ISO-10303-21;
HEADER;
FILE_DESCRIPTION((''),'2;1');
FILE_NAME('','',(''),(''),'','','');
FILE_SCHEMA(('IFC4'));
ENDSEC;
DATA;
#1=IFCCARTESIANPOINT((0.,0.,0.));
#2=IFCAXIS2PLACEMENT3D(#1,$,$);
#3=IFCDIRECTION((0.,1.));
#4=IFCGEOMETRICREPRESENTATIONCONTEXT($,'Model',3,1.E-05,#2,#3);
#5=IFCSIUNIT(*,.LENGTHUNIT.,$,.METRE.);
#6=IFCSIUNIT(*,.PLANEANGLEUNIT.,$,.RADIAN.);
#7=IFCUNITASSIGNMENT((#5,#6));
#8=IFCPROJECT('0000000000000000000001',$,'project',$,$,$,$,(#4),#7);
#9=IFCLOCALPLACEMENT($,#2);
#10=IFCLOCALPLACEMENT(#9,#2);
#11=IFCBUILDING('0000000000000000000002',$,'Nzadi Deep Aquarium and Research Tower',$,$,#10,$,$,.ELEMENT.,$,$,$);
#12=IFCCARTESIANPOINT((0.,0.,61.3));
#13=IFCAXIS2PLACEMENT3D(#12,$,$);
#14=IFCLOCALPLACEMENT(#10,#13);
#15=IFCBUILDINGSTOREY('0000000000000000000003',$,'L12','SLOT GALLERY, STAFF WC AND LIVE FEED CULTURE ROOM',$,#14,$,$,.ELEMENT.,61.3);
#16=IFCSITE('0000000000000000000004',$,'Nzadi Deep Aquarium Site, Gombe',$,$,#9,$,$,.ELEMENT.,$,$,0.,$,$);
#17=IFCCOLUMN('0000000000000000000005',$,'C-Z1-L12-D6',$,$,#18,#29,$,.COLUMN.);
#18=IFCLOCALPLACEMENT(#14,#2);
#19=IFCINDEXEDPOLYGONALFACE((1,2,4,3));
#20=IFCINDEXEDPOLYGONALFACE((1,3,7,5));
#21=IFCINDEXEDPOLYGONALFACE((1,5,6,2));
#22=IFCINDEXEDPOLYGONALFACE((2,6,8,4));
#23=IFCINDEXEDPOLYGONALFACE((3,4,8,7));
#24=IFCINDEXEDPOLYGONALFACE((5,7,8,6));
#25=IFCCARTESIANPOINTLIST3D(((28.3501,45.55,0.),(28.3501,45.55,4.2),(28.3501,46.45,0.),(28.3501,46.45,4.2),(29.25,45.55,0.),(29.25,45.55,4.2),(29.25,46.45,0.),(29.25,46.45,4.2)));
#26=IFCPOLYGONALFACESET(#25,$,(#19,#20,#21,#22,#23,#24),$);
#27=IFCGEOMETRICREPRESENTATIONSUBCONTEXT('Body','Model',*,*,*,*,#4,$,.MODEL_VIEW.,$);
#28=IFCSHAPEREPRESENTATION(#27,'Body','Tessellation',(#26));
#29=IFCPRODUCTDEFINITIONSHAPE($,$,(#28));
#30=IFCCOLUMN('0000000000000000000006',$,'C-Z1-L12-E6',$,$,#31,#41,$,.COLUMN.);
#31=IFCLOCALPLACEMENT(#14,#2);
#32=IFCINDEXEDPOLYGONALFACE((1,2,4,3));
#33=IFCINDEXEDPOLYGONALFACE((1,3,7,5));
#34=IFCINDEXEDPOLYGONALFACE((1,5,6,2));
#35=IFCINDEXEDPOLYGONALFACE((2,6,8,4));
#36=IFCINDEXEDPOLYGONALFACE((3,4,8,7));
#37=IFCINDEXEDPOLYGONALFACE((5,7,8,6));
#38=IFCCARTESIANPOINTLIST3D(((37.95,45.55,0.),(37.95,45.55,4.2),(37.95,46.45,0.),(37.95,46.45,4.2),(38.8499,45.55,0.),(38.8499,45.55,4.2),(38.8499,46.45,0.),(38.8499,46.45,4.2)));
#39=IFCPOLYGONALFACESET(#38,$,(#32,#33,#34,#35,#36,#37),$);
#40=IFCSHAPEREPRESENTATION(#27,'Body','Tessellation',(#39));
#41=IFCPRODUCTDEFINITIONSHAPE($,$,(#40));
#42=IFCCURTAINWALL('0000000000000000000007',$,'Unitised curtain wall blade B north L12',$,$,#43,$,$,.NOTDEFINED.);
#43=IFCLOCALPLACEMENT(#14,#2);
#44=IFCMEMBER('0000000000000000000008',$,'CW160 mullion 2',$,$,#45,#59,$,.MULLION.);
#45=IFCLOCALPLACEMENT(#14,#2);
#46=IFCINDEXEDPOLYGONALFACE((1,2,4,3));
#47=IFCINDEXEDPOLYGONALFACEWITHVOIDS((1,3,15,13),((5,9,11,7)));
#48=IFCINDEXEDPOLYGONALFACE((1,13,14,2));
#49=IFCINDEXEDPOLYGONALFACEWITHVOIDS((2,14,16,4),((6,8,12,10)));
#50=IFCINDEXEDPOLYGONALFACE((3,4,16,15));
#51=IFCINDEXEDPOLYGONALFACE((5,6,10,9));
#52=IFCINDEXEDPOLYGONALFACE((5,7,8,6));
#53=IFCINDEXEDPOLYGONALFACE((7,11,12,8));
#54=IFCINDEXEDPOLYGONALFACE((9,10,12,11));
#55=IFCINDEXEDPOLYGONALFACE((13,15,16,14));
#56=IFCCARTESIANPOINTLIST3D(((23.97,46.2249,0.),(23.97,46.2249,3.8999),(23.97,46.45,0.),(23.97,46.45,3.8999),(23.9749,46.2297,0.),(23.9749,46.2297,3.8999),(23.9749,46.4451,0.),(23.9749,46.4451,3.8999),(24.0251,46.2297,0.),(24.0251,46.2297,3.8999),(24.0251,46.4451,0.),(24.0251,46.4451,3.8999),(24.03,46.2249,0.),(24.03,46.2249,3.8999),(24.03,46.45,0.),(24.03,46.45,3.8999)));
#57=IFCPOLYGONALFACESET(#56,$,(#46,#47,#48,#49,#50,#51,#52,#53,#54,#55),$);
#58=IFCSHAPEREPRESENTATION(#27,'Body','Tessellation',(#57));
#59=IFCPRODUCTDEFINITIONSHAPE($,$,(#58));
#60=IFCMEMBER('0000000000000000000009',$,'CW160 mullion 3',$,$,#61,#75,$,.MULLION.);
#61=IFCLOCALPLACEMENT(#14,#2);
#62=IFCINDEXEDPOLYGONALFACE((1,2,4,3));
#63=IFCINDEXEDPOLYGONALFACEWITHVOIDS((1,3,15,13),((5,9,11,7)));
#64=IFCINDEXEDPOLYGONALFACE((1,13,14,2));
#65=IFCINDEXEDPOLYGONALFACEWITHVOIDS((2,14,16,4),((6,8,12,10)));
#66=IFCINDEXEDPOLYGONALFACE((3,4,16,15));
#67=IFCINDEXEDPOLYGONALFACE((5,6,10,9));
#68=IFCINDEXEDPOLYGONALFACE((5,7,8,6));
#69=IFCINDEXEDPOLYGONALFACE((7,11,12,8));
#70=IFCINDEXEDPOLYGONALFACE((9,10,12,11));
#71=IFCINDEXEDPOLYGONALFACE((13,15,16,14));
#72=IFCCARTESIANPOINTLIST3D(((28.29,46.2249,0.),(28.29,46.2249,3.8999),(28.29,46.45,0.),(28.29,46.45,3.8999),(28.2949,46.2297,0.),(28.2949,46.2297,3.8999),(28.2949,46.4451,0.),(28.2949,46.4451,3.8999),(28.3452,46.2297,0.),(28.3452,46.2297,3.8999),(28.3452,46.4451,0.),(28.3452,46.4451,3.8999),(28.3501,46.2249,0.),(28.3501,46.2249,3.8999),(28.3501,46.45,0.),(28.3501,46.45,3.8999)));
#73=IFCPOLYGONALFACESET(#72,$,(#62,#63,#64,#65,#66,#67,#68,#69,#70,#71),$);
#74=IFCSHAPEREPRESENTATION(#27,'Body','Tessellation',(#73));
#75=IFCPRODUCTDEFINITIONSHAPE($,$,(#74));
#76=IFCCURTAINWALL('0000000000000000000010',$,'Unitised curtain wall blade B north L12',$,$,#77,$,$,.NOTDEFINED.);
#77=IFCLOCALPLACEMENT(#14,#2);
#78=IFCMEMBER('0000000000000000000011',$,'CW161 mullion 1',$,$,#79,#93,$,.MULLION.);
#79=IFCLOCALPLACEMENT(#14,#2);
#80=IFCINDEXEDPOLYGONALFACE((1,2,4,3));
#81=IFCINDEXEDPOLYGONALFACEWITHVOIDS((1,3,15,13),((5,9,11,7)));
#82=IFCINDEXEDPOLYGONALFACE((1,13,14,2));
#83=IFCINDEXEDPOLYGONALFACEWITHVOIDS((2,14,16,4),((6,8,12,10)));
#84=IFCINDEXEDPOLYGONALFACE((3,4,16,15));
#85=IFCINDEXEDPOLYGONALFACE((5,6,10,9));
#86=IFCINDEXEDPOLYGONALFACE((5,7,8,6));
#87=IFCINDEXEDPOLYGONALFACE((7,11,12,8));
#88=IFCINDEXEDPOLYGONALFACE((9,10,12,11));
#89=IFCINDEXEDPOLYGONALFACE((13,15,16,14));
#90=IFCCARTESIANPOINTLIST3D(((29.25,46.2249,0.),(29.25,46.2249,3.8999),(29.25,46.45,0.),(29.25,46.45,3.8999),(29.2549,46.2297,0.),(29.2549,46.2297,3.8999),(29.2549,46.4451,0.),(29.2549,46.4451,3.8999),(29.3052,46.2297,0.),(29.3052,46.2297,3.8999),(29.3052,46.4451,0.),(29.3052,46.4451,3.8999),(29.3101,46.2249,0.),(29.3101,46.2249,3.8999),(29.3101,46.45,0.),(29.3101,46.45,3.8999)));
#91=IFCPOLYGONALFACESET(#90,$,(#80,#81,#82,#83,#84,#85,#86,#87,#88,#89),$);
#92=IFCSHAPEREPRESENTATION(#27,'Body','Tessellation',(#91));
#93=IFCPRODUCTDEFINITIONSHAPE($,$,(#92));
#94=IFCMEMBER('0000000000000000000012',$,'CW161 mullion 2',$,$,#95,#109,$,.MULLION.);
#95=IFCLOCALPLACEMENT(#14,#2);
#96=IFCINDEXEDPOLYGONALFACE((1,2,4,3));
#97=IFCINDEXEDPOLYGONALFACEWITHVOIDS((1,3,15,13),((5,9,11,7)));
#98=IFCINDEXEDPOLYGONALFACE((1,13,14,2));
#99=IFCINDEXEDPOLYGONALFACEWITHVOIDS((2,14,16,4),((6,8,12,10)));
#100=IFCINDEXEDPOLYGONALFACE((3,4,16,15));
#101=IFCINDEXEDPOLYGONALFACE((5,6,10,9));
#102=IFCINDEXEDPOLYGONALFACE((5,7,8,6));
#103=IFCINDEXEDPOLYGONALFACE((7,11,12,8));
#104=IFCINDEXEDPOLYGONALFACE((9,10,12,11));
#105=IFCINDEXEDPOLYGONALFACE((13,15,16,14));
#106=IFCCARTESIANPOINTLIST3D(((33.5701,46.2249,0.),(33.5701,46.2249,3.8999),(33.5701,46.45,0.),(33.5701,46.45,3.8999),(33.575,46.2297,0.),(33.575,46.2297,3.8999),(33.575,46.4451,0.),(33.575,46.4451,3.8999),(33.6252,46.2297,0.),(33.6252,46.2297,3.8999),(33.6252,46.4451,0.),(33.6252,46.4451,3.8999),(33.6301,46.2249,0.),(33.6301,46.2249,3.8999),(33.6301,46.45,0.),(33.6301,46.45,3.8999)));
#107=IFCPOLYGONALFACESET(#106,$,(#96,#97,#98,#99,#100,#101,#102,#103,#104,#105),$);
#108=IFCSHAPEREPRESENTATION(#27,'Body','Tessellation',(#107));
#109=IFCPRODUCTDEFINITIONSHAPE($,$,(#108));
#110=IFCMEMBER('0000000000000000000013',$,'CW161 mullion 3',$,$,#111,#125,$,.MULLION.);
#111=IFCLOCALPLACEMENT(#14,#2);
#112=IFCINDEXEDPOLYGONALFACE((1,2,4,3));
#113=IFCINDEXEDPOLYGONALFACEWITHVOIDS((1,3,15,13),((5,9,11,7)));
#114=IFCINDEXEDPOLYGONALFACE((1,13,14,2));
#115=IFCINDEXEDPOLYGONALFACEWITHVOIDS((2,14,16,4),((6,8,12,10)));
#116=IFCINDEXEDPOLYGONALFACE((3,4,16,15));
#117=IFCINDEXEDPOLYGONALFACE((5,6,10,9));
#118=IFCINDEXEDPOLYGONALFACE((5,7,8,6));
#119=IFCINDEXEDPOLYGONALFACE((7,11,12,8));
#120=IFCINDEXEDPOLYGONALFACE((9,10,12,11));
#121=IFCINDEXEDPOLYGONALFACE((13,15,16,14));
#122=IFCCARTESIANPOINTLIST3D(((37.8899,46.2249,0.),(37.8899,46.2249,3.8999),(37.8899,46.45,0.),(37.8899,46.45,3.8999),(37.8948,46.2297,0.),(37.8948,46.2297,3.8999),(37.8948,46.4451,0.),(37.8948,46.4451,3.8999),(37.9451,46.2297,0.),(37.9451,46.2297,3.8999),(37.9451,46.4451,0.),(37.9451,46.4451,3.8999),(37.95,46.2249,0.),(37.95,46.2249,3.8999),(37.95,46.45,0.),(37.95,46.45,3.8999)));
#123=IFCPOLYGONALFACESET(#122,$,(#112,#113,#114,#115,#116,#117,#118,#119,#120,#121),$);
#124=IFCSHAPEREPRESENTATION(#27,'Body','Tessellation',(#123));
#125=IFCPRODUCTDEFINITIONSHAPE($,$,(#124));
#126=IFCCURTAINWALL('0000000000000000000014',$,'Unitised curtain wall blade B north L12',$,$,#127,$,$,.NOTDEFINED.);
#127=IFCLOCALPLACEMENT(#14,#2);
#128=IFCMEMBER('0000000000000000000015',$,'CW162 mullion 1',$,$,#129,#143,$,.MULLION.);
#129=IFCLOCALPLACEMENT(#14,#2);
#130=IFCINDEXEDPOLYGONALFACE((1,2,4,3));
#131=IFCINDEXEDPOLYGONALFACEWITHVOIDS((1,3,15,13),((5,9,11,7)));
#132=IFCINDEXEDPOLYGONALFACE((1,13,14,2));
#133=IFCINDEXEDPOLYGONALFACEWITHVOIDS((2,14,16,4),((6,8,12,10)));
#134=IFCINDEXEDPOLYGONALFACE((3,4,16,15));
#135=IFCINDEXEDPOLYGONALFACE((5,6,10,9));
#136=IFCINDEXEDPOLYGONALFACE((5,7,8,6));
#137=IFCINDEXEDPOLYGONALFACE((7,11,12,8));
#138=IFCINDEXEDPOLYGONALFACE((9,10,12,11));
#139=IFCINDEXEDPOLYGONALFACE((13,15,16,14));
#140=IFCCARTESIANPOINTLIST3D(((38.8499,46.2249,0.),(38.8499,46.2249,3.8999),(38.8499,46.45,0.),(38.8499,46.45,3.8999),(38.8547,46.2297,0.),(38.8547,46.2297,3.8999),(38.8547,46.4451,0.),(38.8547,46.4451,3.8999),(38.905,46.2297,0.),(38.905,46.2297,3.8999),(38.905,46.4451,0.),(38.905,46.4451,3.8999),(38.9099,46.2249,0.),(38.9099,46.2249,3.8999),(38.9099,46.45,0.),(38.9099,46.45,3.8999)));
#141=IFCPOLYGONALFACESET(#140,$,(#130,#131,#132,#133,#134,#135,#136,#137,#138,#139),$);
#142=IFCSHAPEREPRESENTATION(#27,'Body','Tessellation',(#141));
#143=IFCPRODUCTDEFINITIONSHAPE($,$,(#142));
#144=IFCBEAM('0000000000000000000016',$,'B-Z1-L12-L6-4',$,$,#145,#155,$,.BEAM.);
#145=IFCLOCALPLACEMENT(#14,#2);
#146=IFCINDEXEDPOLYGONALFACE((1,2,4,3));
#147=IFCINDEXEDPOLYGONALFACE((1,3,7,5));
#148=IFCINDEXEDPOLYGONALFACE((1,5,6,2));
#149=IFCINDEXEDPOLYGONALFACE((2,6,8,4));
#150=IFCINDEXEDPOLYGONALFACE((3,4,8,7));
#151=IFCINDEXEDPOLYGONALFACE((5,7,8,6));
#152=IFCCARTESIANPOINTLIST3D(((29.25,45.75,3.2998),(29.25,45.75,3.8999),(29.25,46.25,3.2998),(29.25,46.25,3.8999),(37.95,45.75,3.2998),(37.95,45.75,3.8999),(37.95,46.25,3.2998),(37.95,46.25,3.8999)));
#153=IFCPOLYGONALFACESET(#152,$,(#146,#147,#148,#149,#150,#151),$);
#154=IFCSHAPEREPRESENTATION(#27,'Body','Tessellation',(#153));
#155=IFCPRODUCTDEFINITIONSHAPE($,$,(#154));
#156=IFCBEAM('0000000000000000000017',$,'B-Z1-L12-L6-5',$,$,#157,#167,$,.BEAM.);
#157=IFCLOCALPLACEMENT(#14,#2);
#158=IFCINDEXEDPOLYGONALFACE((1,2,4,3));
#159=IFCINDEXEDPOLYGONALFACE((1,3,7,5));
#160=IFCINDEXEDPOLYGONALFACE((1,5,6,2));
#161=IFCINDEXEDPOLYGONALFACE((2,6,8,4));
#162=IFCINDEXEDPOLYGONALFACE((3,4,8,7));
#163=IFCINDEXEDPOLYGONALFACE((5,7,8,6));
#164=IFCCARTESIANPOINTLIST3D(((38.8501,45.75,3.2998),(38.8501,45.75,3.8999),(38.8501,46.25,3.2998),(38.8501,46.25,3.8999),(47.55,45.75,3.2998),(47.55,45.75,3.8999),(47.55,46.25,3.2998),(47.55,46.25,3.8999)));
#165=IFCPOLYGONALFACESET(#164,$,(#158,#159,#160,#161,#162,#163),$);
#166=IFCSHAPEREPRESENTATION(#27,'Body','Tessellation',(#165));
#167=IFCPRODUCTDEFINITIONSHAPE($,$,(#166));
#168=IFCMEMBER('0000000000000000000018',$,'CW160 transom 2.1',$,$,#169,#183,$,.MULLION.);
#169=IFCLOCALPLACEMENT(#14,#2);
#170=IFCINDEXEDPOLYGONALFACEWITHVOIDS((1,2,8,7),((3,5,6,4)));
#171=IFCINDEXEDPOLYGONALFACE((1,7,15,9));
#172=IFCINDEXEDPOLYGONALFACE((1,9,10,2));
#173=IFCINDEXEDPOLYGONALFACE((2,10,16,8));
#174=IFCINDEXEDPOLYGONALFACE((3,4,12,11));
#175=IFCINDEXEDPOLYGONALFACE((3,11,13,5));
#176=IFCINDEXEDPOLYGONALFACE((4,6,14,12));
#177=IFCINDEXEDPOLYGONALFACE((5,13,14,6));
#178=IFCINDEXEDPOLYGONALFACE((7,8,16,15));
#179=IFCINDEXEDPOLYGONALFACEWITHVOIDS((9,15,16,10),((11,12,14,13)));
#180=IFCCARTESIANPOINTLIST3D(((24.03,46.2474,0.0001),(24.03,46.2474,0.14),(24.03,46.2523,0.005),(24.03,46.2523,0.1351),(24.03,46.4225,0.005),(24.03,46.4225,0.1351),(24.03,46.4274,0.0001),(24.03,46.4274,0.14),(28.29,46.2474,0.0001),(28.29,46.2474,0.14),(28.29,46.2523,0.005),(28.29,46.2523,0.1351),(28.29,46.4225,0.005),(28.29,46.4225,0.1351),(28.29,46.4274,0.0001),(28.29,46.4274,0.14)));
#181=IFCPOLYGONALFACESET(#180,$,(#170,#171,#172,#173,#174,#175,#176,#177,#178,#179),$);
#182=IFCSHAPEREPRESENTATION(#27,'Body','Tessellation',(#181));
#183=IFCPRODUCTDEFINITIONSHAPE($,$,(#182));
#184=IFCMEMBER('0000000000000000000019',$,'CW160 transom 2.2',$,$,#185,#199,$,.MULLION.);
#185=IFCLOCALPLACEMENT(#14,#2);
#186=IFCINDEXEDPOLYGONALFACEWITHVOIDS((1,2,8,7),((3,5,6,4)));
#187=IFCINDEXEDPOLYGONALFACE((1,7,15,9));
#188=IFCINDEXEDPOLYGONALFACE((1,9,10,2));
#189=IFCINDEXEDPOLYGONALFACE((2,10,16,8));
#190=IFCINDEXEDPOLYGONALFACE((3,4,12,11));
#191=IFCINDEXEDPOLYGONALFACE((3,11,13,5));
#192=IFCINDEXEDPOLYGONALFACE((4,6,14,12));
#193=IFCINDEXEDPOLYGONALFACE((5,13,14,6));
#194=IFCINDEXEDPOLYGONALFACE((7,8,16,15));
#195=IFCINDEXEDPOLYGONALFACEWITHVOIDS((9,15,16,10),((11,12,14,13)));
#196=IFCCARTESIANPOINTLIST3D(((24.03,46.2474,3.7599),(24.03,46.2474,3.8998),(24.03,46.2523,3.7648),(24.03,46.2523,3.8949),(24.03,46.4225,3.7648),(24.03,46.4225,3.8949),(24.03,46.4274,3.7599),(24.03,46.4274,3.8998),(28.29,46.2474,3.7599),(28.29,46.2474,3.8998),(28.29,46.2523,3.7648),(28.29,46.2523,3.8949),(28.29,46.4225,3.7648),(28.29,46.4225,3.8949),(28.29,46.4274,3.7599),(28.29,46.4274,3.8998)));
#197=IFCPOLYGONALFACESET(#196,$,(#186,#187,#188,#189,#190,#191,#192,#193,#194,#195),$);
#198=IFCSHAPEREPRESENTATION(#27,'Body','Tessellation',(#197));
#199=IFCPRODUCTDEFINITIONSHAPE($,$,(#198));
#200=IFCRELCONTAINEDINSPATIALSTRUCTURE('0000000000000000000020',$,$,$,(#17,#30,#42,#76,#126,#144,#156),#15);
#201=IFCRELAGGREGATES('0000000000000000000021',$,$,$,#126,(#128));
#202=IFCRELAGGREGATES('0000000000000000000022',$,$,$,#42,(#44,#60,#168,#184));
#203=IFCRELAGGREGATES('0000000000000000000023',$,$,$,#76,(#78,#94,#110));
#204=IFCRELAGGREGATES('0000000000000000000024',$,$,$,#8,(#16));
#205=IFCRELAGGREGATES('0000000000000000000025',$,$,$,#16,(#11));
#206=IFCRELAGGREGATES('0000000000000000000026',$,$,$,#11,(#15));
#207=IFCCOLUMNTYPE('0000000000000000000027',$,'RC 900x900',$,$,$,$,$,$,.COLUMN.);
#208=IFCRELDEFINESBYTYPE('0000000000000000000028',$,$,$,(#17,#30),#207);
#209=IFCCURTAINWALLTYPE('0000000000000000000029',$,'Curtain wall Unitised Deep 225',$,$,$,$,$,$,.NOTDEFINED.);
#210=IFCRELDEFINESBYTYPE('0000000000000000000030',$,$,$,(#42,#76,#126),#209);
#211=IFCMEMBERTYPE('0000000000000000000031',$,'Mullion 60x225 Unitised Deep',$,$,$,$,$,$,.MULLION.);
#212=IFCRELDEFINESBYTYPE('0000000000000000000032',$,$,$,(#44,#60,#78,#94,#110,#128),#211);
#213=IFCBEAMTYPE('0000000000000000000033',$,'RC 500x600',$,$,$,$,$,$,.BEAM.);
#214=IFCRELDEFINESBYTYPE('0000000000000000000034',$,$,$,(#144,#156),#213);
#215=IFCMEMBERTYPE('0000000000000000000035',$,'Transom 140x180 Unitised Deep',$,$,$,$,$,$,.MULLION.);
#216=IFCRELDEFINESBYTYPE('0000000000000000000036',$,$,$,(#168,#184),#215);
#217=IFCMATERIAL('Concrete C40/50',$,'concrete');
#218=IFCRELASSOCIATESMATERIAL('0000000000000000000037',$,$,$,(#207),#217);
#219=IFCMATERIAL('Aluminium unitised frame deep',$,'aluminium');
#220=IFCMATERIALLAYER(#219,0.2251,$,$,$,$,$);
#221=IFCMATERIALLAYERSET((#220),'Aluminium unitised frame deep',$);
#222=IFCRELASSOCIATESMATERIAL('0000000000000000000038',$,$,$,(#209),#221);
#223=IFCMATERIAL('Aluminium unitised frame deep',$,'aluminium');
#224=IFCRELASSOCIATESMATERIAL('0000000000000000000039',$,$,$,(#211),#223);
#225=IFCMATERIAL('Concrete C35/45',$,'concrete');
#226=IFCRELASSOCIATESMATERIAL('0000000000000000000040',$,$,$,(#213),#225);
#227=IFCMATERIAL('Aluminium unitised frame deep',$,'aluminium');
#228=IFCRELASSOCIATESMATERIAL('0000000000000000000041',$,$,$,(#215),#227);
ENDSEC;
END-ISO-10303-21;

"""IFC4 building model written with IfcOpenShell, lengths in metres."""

from ifc_helpers import new_model, si_unit, direction, frame, origin, origin_2d, place, context, subcontext, project, spatial, rectangle, hollow_rectangle, extrude, material, layer, layer_set, material_profile, profile_set, type_object, element, aggregate, save


model = new_model("IFC4")

# Units and contexts
model_context = context("Model", 3, precision=1e-05, world=origin(), true_north=direction((0.0, 1.0)))
body_context = subcontext(model_context, "Body", "Model", "MODEL_VIEW")
ifc_project = project(units=[si_unit("LENGTHUNIT", "METRE"), si_unit("PLANEANGLEUNIT", "RADIAN")], contexts=[model_context])

# Site, building, storey
site_placement = place(None, origin())
site = spatial("IfcSite", under=ifc_project, at=site_placement, Name="Nzadi Deep Aquarium Site, Gombe", CompositionType="ELEMENT", RefElevation=0.0)
building_placement = place(site_placement, origin())
building = spatial("IfcBuilding", under=site, at=building_placement, Name="Nzadi Deep Aquarium and Research Tower", CompositionType="ELEMENT")
storey_placement = place(building_placement, frame((0.0, 0.0, 61.3)))
storey = spatial("IfcBuildingStorey", under=building, at=storey_placement, Name="L12", Description="SLOT GALLERY, STAFF WC AND LIVE FEED CULTURE ROOM", CompositionType="ELEMENT", Elevation=61.3)

# Columns
ifc_material_1 = material(Name="Concrete C40/50", Category="concrete")
ifc_material_profile_1 = material_profile(ifc_material_1, rectangle(XDim=0.8999, YDim=0.8999, at=origin_2d()))
ifc_profile_set_1 = profile_set([ifc_material_profile_1], Name="Concrete C40/50")
column_type = type_object("IfcColumnType", Name="RC 900x900", PredefinedType="COLUMN", material=ifc_profile_set_1)
for number, where, z_axis, x_axis, name in (
    (1, (28.8, 46.0, 0.0), (0.0, 0.0, 1.0), (1.0, 0.0, 0.0), "C-Z1-L12-D6"),
    (2, (38.3999, 46.0, 0.0), (0.0, 0.0, 1.0), (1.0, 0.0, 0.0), "C-Z1-L12-E6"),
):
    element("IfcColumn", number, at=place(storey_placement, frame(where, z_axis=z_axis, x_axis=x_axis)), inside=storey, type_object=column_type, Name=name, PredefinedType="COLUMN", context=body_context, shape_type="SweptSolid", body=[
        extrude(rectangle(XDim=0.8999, YDim=0.8999, at=origin_2d()), origin(), (0.0, 0.0, 1.0), 4.2),
    ])

# Curtain walls, members
ifc_material_2 = material(Name="Aluminium unitised frame deep", Category="aluminium")
ifc_layer_1 = layer(ifc_material_2, 0.2251)
ifc_layer_set_1 = layer_set([ifc_layer_1], Name="Aluminium unitised frame deep")
curtain_wall_type = type_object("IfcCurtainWallType", Name="Curtain wall Unitised Deep 225", PredefinedType="NOTDEFINED", material=ifc_layer_set_1)
curtain_wall_1_placement = place(storey_placement, origin())
curtain_wall_1 = element("IfcCurtainWall", 3, at=curtain_wall_1_placement, inside=storey, type_object=curtain_wall_type, Name="Unitised curtain wall blade B north L12", PredefinedType="NOTDEFINED")
ifc_material_3 = material(Name="Aluminium unitised frame deep", Category="aluminium")
ifc_material_profile_2 = material_profile(ifc_material_3, hollow_rectangle(XDim=0.2251, YDim=0.0601, WallThickness=0.0049, at=origin_2d()))
ifc_profile_set_2 = profile_set([ifc_material_profile_2], Name="Aluminium unitised frame deep")
member_type_1 = type_object("IfcMemberType", Name="Mullion 60x225 Unitised Deep", PredefinedType="MULLION", material=ifc_profile_set_2)
member_1_placement = place(storey_placement, frame((24.0, 46.3374, 0.0), z_axis=(0.0, 0.0, 1.0), x_axis=(0.0, 1.0, 0.0)))
member_1 = element("IfcMember", 4, at=member_1_placement, type_object=member_type_1, Name="CW160 mullion 2", PredefinedType="MULLION", context=body_context, shape_type="SweptSolid", body=[
    extrude(hollow_rectangle(XDim=0.2251, YDim=0.0601, WallThickness=0.0049, at=origin_2d()), origin(), (0.0, 0.0, 1.0), 3.8999),
])
member_2_placement = place(storey_placement, frame((28.3201, 46.3374, 0.0), z_axis=(0.0, 0.0, 1.0), x_axis=(0.0, 1.0, 0.0)))
member_2 = element("IfcMember", 5, at=member_2_placement, type_object=member_type_1, Name="CW160 mullion 3", PredefinedType="MULLION", context=body_context, shape_type="SweptSolid", body=[
    extrude(hollow_rectangle(XDim=0.2251, YDim=0.0601, WallThickness=0.0049, at=origin_2d()), origin(), (0.0, 0.0, 1.0), 3.8999),
])
curtain_wall_2_placement = place(storey_placement, origin())
curtain_wall_2 = element("IfcCurtainWall", 6, at=curtain_wall_2_placement, inside=storey, type_object=curtain_wall_type, Name="Unitised curtain wall blade B north L12", PredefinedType="NOTDEFINED")
member_3_placement = place(storey_placement, frame((29.28, 46.3374, 0.0), z_axis=(0.0, 0.0, 1.0), x_axis=(0.0, 1.0, 0.0)))
member_3 = element("IfcMember", 7, at=member_3_placement, type_object=member_type_1, Name="CW161 mullion 1", PredefinedType="MULLION", context=body_context, shape_type="SweptSolid", body=[
    extrude(hollow_rectangle(XDim=0.2251, YDim=0.0601, WallThickness=0.0049, at=origin_2d()), origin(), (0.0, 0.0, 1.0), 3.8999),
])
member_4_placement = place(storey_placement, frame((33.6001, 46.3374, 0.0), z_axis=(0.0, 0.0, 1.0), x_axis=(0.0, 1.0, 0.0)))
member_4 = element("IfcMember", 8, at=member_4_placement, type_object=member_type_1, Name="CW161 mullion 2", PredefinedType="MULLION", context=body_context, shape_type="SweptSolid", body=[
    extrude(hollow_rectangle(XDim=0.2251, YDim=0.0601, WallThickness=0.0049, at=origin_2d()), origin(), (0.0, 0.0, 1.0), 3.8999),
])
member_5_placement = place(storey_placement, frame((37.9199, 46.3374, 0.0), z_axis=(0.0, 0.0, 1.0), x_axis=(0.0, 1.0, 0.0)))
member_5 = element("IfcMember", 9, at=member_5_placement, type_object=member_type_1, Name="CW161 mullion 3", PredefinedType="MULLION", context=body_context, shape_type="SweptSolid", body=[
    extrude(hollow_rectangle(XDim=0.2251, YDim=0.0601, WallThickness=0.0049, at=origin_2d()), origin(), (0.0, 0.0, 1.0), 3.8999),
])

# Curtain wall, member
curtain_wall_3_placement = place(storey_placement, origin())
curtain_wall_3 = element("IfcCurtainWall", 10, at=curtain_wall_3_placement, inside=storey, type_object=curtain_wall_type, Name="Unitised curtain wall blade B north L12", PredefinedType="NOTDEFINED")
member_6_placement = place(storey_placement, frame((38.8799, 46.3374, 0.0), z_axis=(0.0, 0.0, 1.0), x_axis=(0.0, 1.0, 0.0)))
member_6 = element("IfcMember", 11, at=member_6_placement, type_object=member_type_1, Name="CW162 mullion 1", PredefinedType="MULLION", context=body_context, shape_type="SweptSolid", body=[
    extrude(hollow_rectangle(XDim=0.2251, YDim=0.0601, WallThickness=0.0049, at=origin_2d()), origin(), (0.0, 0.0, 1.0), 3.8999),
])
aggregate(curtain_wall_3, [member_6])

# Beams
ifc_material_4 = material(Name="Concrete C35/45", Category="concrete")
ifc_material_profile_3 = material_profile(ifc_material_4, rectangle(XDim=0.5, YDim=0.6001, at=origin_2d()))
ifc_profile_set_3 = profile_set([ifc_material_profile_3], Name="Concrete C35/45")
beam_type = type_object("IfcBeamType", Name="RC 500x600", PredefinedType="BEAM", material=ifc_profile_set_3)
for number, where, z_axis, x_axis, name in (
    (12, (29.25, 46.0, 3.5999), (1.0, 0.0, 0.0), (0.0, 1.0, 0.0), "B-Z1-L12-L6-4"),
    (13, (38.8501, 46.0, 3.5999), (1.0, 0.0, 0.0), (0.0, 1.0, 0.0), "B-Z1-L12-L6-5"),
):
    element("IfcBeam", number, at=place(storey_placement, frame(where, z_axis=z_axis, x_axis=x_axis)), inside=storey, type_object=beam_type, Name=name, PredefinedType="BEAM", context=body_context, shape_type="SweptSolid", body=[
        extrude(rectangle(XDim=0.5, YDim=0.6001, at=origin_2d()), origin(), (0.0, 0.0, 1.0), 8.7),
    ])

# Members
ifc_material_5 = material(Name="Aluminium unitised frame deep", Category="aluminium")
ifc_material_profile_4 = material_profile(ifc_material_5, hollow_rectangle(XDim=0.1799, YDim=0.1399, WallThickness=0.0049, at=origin_2d()))
ifc_profile_set_4 = profile_set([ifc_material_profile_4], Name="Aluminium unitised frame deep")
member_type_2 = type_object("IfcMemberType", Name="Transom 140x180 Unitised Deep", PredefinedType="MULLION", material=ifc_profile_set_4)
member_7_placement = place(storey_placement, frame((24.03, 46.3374, 0.0701), z_axis=(1.0, 0.0, 0.0), x_axis=(0.0, 1.0, 0.0)))
member_7 = element("IfcMember", 14, at=member_7_placement, type_object=member_type_2, Name="CW160 transom 2.1", PredefinedType="MULLION", context=body_context, shape_type="SweptSolid", body=[
    extrude(hollow_rectangle(XDim=0.1799, YDim=0.1399, WallThickness=0.0049, at=origin_2d()), origin(), (0.0, 0.0, 1.0), 4.26),
])
member_8_placement = place(storey_placement, frame((24.03, 46.3374, 3.8298), z_axis=(1.0, 0.0, 0.0), x_axis=(0.0, 1.0, 0.0)))
member_8 = element("IfcMember", 15, at=member_8_placement, type_object=member_type_2, Name="CW160 transom 2.2", PredefinedType="MULLION", context=body_context, shape_type="SweptSolid", body=[
    extrude(hollow_rectangle(XDim=0.1799, YDim=0.1399, WallThickness=0.0049, at=origin_2d()), origin(), (0.0, 0.0, 1.0), 4.26),
])

aggregate(curtain_wall_1, [member_1, member_2, member_7, member_8])
aggregate(curtain_wall_2, [member_3, member_4, member_5])

save(model, "model.ifc")
